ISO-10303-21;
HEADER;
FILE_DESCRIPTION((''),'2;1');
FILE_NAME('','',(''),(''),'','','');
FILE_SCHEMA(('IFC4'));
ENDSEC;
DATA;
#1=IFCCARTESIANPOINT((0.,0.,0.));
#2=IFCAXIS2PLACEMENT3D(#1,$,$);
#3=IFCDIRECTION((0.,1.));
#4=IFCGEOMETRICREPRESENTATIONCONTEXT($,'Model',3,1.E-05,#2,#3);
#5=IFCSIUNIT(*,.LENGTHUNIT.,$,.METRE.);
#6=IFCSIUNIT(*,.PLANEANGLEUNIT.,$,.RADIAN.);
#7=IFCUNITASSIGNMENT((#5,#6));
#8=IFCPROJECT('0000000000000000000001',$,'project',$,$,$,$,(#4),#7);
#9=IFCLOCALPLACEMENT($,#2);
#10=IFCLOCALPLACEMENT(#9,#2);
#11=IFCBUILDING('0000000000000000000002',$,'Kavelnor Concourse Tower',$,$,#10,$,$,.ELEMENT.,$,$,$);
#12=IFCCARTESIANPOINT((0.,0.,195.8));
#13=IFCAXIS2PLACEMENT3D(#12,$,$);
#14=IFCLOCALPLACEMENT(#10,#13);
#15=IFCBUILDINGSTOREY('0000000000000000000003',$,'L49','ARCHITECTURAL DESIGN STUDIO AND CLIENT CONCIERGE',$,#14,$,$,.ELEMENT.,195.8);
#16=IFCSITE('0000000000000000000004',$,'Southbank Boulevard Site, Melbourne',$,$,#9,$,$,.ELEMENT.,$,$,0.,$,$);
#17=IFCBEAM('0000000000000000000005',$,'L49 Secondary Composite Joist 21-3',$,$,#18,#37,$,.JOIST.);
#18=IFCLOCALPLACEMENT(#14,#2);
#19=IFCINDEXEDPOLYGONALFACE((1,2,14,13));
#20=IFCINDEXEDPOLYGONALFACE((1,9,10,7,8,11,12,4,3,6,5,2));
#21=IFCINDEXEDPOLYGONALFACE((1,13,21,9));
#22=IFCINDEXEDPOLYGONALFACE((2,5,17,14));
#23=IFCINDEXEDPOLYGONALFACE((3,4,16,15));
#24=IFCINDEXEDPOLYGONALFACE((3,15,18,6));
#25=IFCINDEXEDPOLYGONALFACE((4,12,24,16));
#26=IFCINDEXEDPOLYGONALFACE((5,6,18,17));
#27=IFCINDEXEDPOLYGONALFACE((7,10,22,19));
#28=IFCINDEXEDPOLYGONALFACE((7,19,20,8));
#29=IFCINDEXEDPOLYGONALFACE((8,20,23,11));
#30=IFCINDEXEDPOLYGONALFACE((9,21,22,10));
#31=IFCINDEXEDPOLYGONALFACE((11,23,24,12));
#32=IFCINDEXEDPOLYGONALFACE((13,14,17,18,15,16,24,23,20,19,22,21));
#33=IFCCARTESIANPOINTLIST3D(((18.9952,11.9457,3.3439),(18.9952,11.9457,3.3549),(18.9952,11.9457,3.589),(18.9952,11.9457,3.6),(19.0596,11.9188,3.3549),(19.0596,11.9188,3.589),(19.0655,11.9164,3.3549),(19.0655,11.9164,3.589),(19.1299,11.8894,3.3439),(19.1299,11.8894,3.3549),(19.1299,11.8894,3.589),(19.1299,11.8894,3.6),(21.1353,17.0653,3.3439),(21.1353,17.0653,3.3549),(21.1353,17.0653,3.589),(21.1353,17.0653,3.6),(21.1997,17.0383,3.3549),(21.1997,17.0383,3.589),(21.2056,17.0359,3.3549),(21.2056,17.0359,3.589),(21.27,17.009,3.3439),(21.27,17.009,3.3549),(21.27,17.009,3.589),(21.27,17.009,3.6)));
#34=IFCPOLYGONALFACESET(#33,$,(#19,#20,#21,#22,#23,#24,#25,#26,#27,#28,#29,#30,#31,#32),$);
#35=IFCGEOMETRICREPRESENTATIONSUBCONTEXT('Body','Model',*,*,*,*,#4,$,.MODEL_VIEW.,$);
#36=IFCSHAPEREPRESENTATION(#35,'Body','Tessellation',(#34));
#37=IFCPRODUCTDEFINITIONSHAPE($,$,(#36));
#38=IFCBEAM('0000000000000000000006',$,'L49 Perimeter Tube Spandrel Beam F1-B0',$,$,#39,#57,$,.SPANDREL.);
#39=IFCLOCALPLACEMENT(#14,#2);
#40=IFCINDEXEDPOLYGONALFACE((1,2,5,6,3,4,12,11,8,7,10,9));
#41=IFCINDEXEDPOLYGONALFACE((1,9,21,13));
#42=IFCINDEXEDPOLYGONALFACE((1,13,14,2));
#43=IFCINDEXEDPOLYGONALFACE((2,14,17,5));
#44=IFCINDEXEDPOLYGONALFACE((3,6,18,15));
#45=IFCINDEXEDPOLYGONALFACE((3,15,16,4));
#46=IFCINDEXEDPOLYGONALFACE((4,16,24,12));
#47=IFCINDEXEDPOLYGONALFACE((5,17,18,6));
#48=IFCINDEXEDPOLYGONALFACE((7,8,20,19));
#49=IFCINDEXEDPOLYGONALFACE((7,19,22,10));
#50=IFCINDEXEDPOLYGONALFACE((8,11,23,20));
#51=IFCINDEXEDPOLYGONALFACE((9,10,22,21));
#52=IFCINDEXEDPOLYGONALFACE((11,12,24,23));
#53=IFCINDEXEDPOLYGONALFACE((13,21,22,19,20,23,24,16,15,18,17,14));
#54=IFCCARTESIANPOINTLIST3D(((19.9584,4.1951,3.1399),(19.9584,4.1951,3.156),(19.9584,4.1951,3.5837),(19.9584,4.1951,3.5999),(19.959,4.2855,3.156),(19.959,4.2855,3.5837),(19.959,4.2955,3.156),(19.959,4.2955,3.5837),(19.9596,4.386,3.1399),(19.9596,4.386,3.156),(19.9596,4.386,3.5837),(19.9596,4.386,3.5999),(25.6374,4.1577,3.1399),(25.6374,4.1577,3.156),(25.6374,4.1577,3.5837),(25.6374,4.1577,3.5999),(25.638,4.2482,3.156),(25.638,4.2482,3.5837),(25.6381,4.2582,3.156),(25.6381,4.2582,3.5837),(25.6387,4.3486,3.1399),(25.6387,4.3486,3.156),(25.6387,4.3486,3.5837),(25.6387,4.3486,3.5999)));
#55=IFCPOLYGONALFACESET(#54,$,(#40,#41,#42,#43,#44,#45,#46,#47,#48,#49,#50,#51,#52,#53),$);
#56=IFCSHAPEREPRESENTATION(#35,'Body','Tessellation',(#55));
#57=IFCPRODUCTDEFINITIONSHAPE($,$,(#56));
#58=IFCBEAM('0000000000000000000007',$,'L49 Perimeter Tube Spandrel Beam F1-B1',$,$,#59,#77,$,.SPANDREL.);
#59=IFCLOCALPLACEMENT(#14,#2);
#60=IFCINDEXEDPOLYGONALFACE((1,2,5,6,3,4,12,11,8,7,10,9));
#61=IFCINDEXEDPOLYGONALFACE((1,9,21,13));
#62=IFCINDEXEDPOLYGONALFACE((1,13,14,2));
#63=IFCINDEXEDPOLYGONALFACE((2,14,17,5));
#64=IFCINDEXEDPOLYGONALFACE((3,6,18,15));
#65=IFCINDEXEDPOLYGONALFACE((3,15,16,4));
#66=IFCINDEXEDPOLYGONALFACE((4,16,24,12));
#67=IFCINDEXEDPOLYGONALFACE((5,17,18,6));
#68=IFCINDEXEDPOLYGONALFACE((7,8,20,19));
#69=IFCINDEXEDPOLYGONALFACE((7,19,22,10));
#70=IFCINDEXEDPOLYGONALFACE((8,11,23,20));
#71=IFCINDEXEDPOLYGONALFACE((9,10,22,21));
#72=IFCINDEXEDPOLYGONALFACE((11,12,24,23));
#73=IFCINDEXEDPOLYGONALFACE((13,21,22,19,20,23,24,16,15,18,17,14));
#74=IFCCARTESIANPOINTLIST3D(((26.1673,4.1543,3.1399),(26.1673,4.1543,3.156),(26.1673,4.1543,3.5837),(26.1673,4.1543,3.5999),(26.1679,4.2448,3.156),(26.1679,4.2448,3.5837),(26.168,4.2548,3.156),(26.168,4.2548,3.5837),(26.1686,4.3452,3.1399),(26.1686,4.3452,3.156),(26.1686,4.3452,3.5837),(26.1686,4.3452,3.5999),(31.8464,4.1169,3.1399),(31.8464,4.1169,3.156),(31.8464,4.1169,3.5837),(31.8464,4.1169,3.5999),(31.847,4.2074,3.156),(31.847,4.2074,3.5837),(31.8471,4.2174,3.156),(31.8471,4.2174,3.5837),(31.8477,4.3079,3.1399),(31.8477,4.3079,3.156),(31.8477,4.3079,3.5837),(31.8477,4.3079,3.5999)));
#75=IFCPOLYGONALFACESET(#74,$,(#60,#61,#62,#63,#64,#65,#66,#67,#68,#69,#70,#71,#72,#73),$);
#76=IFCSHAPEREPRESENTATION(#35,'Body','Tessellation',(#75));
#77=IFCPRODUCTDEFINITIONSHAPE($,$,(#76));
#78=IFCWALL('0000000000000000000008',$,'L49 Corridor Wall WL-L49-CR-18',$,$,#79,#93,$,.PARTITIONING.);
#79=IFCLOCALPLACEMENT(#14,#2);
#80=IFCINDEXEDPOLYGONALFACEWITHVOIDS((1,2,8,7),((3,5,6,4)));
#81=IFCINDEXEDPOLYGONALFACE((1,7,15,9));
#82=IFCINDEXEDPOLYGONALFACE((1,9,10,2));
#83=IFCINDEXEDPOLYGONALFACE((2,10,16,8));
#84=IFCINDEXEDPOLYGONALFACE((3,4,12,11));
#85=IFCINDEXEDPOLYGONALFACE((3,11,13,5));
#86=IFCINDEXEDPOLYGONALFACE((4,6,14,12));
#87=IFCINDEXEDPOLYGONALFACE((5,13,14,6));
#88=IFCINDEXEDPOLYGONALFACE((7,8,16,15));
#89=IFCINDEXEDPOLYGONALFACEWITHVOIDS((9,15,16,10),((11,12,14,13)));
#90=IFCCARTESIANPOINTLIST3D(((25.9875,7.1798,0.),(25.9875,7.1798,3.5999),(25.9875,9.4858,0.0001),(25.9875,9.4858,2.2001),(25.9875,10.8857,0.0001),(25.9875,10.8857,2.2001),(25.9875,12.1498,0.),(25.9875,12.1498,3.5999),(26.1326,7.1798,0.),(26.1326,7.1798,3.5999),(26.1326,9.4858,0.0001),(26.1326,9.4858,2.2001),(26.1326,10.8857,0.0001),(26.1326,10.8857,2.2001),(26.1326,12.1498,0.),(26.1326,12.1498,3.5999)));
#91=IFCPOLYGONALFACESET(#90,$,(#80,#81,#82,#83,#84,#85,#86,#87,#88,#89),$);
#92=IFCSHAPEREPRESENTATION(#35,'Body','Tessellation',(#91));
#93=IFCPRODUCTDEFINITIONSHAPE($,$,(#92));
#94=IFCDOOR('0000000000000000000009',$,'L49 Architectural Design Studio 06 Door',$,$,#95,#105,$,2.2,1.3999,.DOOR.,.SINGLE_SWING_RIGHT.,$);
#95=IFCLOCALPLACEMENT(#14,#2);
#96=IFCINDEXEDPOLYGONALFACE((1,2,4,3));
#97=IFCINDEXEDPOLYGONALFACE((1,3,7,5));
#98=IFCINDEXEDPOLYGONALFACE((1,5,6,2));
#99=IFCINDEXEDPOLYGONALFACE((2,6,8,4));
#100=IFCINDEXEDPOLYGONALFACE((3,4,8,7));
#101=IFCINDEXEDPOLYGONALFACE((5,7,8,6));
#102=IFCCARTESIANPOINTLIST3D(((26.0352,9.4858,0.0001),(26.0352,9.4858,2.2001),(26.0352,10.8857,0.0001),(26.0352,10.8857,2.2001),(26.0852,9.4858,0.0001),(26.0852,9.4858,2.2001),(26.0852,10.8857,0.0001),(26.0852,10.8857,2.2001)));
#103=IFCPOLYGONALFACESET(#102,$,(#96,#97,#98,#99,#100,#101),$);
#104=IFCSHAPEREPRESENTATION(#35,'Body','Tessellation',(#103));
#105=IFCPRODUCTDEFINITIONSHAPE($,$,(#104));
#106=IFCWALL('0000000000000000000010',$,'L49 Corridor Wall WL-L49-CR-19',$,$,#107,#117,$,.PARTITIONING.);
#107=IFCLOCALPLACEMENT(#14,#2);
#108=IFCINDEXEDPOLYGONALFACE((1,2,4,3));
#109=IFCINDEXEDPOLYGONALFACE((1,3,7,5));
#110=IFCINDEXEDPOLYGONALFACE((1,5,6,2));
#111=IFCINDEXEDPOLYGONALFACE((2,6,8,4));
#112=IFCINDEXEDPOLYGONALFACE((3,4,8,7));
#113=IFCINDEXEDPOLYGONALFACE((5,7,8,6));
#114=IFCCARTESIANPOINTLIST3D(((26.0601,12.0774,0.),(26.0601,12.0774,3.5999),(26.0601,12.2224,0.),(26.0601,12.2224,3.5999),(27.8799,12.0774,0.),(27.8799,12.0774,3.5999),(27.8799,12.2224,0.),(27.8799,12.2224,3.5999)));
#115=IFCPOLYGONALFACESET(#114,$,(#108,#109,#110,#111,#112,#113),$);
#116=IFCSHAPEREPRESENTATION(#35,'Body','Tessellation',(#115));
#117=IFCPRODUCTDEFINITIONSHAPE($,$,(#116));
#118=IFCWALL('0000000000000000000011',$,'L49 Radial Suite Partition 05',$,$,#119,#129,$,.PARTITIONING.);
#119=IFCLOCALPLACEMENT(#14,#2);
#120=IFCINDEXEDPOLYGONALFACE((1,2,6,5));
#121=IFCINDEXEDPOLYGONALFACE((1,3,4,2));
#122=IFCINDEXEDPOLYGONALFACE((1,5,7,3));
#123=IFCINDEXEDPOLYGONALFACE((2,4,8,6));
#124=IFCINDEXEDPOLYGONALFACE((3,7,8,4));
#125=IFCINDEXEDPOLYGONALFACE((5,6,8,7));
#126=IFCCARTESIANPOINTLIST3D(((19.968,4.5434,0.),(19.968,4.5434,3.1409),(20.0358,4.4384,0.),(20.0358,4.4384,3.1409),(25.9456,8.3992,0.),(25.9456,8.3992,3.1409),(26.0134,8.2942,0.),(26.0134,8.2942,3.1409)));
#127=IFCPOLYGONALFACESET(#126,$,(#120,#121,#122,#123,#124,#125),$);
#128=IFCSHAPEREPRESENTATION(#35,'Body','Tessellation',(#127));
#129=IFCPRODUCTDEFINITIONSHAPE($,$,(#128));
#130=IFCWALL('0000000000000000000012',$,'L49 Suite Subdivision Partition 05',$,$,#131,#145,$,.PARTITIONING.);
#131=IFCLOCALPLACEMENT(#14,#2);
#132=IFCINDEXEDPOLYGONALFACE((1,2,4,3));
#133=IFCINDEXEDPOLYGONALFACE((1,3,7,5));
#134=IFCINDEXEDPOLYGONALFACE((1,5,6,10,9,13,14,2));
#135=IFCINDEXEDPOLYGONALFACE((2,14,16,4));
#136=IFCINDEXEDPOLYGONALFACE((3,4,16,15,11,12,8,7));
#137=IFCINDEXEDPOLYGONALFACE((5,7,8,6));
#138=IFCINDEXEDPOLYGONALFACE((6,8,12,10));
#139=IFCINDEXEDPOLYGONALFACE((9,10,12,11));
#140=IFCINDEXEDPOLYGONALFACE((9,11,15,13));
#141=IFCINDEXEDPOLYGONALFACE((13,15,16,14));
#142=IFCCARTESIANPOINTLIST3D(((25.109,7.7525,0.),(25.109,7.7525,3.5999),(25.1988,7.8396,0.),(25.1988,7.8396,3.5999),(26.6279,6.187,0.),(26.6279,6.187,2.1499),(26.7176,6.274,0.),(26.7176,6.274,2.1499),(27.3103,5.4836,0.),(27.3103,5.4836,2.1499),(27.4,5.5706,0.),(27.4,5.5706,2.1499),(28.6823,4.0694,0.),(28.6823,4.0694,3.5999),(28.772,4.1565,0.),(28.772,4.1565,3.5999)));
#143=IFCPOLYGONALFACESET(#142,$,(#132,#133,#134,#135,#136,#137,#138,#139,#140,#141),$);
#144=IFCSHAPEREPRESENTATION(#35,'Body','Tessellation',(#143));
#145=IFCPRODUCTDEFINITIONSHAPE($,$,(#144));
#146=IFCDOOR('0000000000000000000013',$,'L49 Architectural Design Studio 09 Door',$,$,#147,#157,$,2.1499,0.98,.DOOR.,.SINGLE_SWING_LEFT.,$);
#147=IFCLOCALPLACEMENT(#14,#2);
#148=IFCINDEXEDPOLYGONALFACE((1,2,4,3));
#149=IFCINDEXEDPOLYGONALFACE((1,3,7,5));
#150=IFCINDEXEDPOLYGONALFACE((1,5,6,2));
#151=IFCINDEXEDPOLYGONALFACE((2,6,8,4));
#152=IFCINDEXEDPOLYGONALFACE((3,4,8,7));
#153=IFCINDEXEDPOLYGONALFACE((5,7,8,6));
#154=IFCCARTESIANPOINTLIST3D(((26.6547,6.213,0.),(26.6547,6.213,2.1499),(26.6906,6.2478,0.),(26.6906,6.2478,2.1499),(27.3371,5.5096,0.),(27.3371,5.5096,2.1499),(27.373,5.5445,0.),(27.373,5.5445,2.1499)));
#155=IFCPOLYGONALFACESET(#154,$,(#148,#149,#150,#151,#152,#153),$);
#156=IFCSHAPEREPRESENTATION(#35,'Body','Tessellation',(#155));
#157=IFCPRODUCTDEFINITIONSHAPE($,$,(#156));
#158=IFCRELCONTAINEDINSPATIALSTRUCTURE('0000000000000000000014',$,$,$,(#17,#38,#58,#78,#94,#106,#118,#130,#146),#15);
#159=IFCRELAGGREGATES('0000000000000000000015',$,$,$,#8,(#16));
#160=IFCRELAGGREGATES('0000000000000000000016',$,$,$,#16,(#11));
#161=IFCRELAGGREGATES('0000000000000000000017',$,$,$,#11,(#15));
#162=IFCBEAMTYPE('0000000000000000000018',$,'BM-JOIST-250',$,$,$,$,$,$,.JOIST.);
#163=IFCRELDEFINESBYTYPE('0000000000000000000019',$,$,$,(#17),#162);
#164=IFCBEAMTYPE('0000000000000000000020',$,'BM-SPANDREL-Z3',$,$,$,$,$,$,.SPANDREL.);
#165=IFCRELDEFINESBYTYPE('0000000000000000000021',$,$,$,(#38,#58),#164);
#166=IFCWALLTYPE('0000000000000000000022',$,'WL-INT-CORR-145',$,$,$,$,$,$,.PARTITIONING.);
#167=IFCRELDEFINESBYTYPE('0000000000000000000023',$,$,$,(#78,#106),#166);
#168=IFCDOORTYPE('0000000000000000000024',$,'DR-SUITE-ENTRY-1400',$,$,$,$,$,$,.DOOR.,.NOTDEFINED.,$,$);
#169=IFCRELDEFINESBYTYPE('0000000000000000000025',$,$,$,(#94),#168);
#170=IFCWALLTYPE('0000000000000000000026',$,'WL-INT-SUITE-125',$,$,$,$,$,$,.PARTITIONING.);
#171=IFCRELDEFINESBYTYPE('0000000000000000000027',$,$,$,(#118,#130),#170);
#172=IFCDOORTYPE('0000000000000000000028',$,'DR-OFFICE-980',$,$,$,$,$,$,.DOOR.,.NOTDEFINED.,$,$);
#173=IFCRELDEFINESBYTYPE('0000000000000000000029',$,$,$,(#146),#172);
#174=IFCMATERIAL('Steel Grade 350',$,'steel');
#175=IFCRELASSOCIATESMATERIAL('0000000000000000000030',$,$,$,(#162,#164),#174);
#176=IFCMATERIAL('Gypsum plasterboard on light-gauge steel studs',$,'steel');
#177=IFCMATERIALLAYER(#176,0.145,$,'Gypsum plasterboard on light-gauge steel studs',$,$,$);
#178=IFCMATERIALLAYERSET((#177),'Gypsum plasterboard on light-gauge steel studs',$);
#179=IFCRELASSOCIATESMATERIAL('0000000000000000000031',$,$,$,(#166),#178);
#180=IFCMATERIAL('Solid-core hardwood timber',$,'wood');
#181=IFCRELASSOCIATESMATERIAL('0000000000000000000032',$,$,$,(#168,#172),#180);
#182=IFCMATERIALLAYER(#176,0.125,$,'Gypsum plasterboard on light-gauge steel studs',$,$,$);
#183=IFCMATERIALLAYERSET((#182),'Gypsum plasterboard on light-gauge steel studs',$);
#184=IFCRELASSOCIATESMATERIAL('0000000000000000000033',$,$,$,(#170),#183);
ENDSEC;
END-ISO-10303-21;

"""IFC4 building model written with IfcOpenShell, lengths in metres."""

from ifc_helpers import new_model, si_unit, direction, frame, frame_2d, origin, origin_2d, place, context, subcontext, project, spatial, rectangle, i_section, extrude, material, layer, layer_set, material_profile, profile_set, type_object, element, fill, save


model = new_model("IFC4")

# Units and contexts
model_context = context("Model", 3, precision=1e-05, world=origin(), true_north=direction((0.0, 1.0)))
body_context = subcontext(model_context, "Body", "Model", "MODEL_VIEW")
ifc_project = project(units=[si_unit("LENGTHUNIT", "METRE"), si_unit("PLANEANGLEUNIT", "RADIAN")], contexts=[model_context])

# Site, building, storey
site_placement = place(None, origin())
site = spatial("IfcSite", under=ifc_project, at=site_placement, Name="Southbank Boulevard Site, Melbourne", CompositionType="ELEMENT", RefElevation=0.0)
building_placement = place(site_placement, origin())
building = spatial("IfcBuilding", under=site, at=building_placement, Name="Kavelnor Concourse Tower", CompositionType="ELEMENT")
storey_placement = place(building_placement, frame((0.0, 0.0, 195.8)))
storey = spatial("IfcBuildingStorey", under=building, at=storey_placement, Name="L49", Description="ARCHITECTURAL DESIGN STUDIO AND CLIENT CONCIERGE", CompositionType="ELEMENT", Elevation=195.8)

# Shared definitions
ifc_material_1 = material(Name="Steel Grade 350", Category="steel")

# Beams
ifc_material_profile_1 = material_profile(ifc_material_1, i_section(OverallWidth=0.146, OverallDepth=0.2561, WebThickness=0.0063, FlangeThickness=0.011, at=origin_2d()), Name="250UB37")
ifc_profile_set_1 = profile_set([ifc_material_profile_1], Name="Steel Grade 350")
beam_type_1 = type_object("IfcBeamType", Name="BM-JOIST-250", PredefinedType="JOIST", material=ifc_profile_set_1)
beam_1_placement = place(storey_placement, frame((21.2026, 17.0371, 3.4719), z_axis=(-0.385684, -0.922631, 0.0), x_axis=(0.922631, -0.385684, 0.0)))
element("IfcBeam", 1, at=beam_1_placement, inside=storey, type_object=beam_type_1, Name="L49 Secondary Composite Joist 21-3", PredefinedType="JOIST", context=body_context, shape_type="SweptSolid", body=[
    extrude(i_section(OverallWidth=0.146, OverallDepth=0.2561, WebThickness=0.0063, FlangeThickness=0.011, at=origin_2d()), origin(), (0.0, 0.0, 1.0), 5.5488),
])
ifc_material_profile_2 = material_profile(ifc_material_1, i_section(OverallWidth=0.1909, OverallDepth=0.46, WebThickness=0.01, FlangeThickness=0.0161, at=origin_2d()), Name="460UB82")
ifc_profile_set_2 = profile_set([ifc_material_profile_2], Name="Steel Grade 350")
beam_type_2 = type_object("IfcBeamType", Name="BM-SPANDREL-Z3", PredefinedType="SPANDREL", material=ifc_profile_set_2)
for number, where, z_axis, x_axis, name in (
    (2, (19.959, 4.2905, 3.3699), (0.999978, -0.006577, 0.0), (0.006577, 0.999978, 0.0), "L49 Perimeter Tube Spandrel Beam F1-B0"),
    (3, (26.168, 4.2498, 3.3699), (0.999978, -0.006577, 0.0), (0.006577, 0.999978, 0.0), "L49 Perimeter Tube Spandrel Beam F1-B1"),
):
    element("IfcBeam", number, at=place(storey_placement, frame(where, z_axis=z_axis, x_axis=x_axis)), inside=storey, type_object=beam_type_2, Name=name, PredefinedType="SPANDREL", context=body_context, shape_type="SweptSolid", body=[
        extrude(i_section(OverallWidth=0.1909, OverallDepth=0.46, WebThickness=0.01, FlangeThickness=0.0161, at=origin_2d()), origin(), (0.0, 0.0, 1.0), 5.6792),
    ])

# Wall, opening, door
ifc_material_2 = material(Name="Gypsum plasterboard on light-gauge steel studs", Category="steel")
ifc_layer_1 = layer(ifc_material_2, 0.145, Name="Gypsum plasterboard on light-gauge steel studs")
ifc_layer_set_1 = layer_set([ifc_layer_1], Name="Gypsum plasterboard on light-gauge steel studs")
wall_type_1 = type_object("IfcWallType", Name="WL-INT-CORR-145", PredefinedType="PARTITIONING", material=ifc_layer_set_1)
wall_1_placement = place(storey_placement, frame((26.0601, 7.1799, 0.0), z_axis=(0.0, 0.0, 1.0), x_axis=(0.0, 1.0, 0.0)))
wall_1 = element("IfcWall", 4, at=wall_1_placement, inside=storey, type_object=wall_type_1, Name="L49 Corridor Wall WL-L49-CR-18", PredefinedType="PARTITIONING", context=body_context, shape_type="SweptSolid", body=[
    extrude(rectangle(XDim=4.97, YDim=0.145, at=frame_2d((2.4849, 0.0))), origin(), (0.0, 0.0, 1.0), 3.5999),
])
opening_1_placement = place(wall_1_placement, frame((2.3059, 0.0, 0.0)))
opening_1 = element("IfcOpeningElement", 5, at=opening_1_placement, cuts=wall_1, PredefinedType="OPENING", context=body_context, shape_type="SweptSolid", body=[
    extrude(rectangle(XDim=1.3999, YDim=2.2, at=frame_2d((0.7, 1.1001))), frame((0.0, 0.0825, 0.0), z_axis=(0.0, -1.0, 0.0), x_axis=(1.0, 0.0, 0.0)), (0.0, 0.0, 1.0), 0.165),
])
ifc_material_3 = material(Name="Solid-core hardwood timber", Category="wood")
door_type_1 = type_object("IfcDoorType", Name="DR-SUITE-ENTRY-1400", OperationType="NOTDEFINED", PredefinedType="DOOR", material=ifc_material_3)
door_1_placement = place(opening_1_placement, origin())
door_1 = element("IfcDoor", 6, at=door_1_placement, inside=storey, type_object=door_type_1, Name="L49 Architectural Design Studio 06 Door", OperationType="SINGLE_SWING_RIGHT", OverallHeight=2.2, OverallWidth=1.3999, PredefinedType="DOOR", context=body_context, shape_type="SweptSolid", body=[
    extrude(rectangle(XDim=1.3999, YDim=2.2, at=frame_2d((0.7, 1.1001))), frame((0.0, 0.0249, 0.0), z_axis=(0.0, -1.0, 0.0), x_axis=(1.0, 0.0, 0.0)), (0.0, 0.0, 1.0), 0.05),
])
fill(opening_1, door_1)

# Walls
wall_2_placement = place(storey_placement, frame((26.0601, 12.1499, 0.0), z_axis=(0.0, 0.0, 1.0), x_axis=(1.0, 0.0, 0.0)))
element("IfcWall", 7, at=wall_2_placement, inside=storey, type_object=wall_type_1, Name="L49 Corridor Wall WL-L49-CR-19", PredefinedType="PARTITIONING", context=body_context, shape_type="SweptSolid", body=[
    extrude(rectangle(XDim=1.8198, YDim=0.145, at=frame_2d((0.9099, 0.0))), origin(), (0.0, 0.0, 1.0), 3.5999),
])
ifc_layer_2 = layer(ifc_material_2, 0.125, Name="Gypsum plasterboard on light-gauge steel studs")
ifc_layer_set_2 = layer_set([ifc_layer_2], Name="Gypsum plasterboard on light-gauge steel studs")
wall_type_2 = type_object("IfcWallType", Name="WL-INT-SUITE-125", PredefinedType="PARTITIONING", material=ifc_layer_set_2)
wall_3_placement = place(storey_placement, frame((25.9795, 8.3467, 0.0), z_axis=(0.0, 0.0, 1.0), x_axis=(-0.840346, -0.542051, 0.0)))
element("IfcWall", 8, at=wall_3_placement, inside=storey, type_object=wall_type_2, Name="L49 Radial Suite Partition 05", PredefinedType="PARTITIONING", context=body_context, shape_type="SweptSolid", body=[
    extrude(rectangle(XDim=7.1133, YDim=0.125, at=frame_2d((3.5566, 0.0))), origin(), (0.0, 0.0, 1.0), 3.1409),
])

# Wall, opening, door
wall_4_placement = place(storey_placement, frame((25.1538, 7.7961, 0.0), z_axis=(0.0, 0.0, 1.0), x_axis=(0.696321, -0.71773, 0.0)))
wall_4 = element("IfcWall", 9, at=wall_4_placement, inside=storey, type_object=wall_type_2, Name="L49 Suite Subdivision Partition 05", PredefinedType="PARTITIONING", context=body_context, shape_type="SweptSolid", body=[
    extrude(rectangle(XDim=5.1316, YDim=0.125, at=frame_2d((2.5659, 0.0))), origin(), (0.0, 0.0, 1.0), 3.5999),
])
opening_2_placement = place(wall_4_placement, frame((2.1814, 0.0, 0.0)))
opening_2 = element("IfcOpeningElement", 10, at=opening_2_placement, cuts=wall_4, PredefinedType="OPENING", context=body_context, shape_type="SweptSolid", body=[
    extrude(rectangle(XDim=0.98, YDim=2.1499, at=frame_2d((0.49, 1.075))), frame((0.0, 0.0725, 0.0), z_axis=(0.0, -1.0, 0.0), x_axis=(1.0, 0.0, 0.0)), (0.0, 0.0, 1.0), 0.145),
])
door_type_2 = type_object("IfcDoorType", Name="DR-OFFICE-980", OperationType="NOTDEFINED", PredefinedType="DOOR", material=ifc_material_3)
door_2_placement = place(opening_2_placement, origin())
door_2 = element("IfcDoor", 11, at=door_2_placement, inside=storey, type_object=door_type_2, Name="L49 Architectural Design Studio 09 Door", OperationType="SINGLE_SWING_LEFT", OverallHeight=2.1499, OverallWidth=0.98, PredefinedType="DOOR", context=body_context, shape_type="SweptSolid", body=[
    extrude(rectangle(XDim=0.98, YDim=2.1499, at=frame_2d((0.49, 1.075))), frame((0.0, 0.0249, 0.0), z_axis=(0.0, -1.0, 0.0), x_axis=(1.0, 0.0, 0.0)), (0.0, 0.0, 1.0), 0.05),
])
fill(opening_2, door_2)

save(model, "model.ifc")
